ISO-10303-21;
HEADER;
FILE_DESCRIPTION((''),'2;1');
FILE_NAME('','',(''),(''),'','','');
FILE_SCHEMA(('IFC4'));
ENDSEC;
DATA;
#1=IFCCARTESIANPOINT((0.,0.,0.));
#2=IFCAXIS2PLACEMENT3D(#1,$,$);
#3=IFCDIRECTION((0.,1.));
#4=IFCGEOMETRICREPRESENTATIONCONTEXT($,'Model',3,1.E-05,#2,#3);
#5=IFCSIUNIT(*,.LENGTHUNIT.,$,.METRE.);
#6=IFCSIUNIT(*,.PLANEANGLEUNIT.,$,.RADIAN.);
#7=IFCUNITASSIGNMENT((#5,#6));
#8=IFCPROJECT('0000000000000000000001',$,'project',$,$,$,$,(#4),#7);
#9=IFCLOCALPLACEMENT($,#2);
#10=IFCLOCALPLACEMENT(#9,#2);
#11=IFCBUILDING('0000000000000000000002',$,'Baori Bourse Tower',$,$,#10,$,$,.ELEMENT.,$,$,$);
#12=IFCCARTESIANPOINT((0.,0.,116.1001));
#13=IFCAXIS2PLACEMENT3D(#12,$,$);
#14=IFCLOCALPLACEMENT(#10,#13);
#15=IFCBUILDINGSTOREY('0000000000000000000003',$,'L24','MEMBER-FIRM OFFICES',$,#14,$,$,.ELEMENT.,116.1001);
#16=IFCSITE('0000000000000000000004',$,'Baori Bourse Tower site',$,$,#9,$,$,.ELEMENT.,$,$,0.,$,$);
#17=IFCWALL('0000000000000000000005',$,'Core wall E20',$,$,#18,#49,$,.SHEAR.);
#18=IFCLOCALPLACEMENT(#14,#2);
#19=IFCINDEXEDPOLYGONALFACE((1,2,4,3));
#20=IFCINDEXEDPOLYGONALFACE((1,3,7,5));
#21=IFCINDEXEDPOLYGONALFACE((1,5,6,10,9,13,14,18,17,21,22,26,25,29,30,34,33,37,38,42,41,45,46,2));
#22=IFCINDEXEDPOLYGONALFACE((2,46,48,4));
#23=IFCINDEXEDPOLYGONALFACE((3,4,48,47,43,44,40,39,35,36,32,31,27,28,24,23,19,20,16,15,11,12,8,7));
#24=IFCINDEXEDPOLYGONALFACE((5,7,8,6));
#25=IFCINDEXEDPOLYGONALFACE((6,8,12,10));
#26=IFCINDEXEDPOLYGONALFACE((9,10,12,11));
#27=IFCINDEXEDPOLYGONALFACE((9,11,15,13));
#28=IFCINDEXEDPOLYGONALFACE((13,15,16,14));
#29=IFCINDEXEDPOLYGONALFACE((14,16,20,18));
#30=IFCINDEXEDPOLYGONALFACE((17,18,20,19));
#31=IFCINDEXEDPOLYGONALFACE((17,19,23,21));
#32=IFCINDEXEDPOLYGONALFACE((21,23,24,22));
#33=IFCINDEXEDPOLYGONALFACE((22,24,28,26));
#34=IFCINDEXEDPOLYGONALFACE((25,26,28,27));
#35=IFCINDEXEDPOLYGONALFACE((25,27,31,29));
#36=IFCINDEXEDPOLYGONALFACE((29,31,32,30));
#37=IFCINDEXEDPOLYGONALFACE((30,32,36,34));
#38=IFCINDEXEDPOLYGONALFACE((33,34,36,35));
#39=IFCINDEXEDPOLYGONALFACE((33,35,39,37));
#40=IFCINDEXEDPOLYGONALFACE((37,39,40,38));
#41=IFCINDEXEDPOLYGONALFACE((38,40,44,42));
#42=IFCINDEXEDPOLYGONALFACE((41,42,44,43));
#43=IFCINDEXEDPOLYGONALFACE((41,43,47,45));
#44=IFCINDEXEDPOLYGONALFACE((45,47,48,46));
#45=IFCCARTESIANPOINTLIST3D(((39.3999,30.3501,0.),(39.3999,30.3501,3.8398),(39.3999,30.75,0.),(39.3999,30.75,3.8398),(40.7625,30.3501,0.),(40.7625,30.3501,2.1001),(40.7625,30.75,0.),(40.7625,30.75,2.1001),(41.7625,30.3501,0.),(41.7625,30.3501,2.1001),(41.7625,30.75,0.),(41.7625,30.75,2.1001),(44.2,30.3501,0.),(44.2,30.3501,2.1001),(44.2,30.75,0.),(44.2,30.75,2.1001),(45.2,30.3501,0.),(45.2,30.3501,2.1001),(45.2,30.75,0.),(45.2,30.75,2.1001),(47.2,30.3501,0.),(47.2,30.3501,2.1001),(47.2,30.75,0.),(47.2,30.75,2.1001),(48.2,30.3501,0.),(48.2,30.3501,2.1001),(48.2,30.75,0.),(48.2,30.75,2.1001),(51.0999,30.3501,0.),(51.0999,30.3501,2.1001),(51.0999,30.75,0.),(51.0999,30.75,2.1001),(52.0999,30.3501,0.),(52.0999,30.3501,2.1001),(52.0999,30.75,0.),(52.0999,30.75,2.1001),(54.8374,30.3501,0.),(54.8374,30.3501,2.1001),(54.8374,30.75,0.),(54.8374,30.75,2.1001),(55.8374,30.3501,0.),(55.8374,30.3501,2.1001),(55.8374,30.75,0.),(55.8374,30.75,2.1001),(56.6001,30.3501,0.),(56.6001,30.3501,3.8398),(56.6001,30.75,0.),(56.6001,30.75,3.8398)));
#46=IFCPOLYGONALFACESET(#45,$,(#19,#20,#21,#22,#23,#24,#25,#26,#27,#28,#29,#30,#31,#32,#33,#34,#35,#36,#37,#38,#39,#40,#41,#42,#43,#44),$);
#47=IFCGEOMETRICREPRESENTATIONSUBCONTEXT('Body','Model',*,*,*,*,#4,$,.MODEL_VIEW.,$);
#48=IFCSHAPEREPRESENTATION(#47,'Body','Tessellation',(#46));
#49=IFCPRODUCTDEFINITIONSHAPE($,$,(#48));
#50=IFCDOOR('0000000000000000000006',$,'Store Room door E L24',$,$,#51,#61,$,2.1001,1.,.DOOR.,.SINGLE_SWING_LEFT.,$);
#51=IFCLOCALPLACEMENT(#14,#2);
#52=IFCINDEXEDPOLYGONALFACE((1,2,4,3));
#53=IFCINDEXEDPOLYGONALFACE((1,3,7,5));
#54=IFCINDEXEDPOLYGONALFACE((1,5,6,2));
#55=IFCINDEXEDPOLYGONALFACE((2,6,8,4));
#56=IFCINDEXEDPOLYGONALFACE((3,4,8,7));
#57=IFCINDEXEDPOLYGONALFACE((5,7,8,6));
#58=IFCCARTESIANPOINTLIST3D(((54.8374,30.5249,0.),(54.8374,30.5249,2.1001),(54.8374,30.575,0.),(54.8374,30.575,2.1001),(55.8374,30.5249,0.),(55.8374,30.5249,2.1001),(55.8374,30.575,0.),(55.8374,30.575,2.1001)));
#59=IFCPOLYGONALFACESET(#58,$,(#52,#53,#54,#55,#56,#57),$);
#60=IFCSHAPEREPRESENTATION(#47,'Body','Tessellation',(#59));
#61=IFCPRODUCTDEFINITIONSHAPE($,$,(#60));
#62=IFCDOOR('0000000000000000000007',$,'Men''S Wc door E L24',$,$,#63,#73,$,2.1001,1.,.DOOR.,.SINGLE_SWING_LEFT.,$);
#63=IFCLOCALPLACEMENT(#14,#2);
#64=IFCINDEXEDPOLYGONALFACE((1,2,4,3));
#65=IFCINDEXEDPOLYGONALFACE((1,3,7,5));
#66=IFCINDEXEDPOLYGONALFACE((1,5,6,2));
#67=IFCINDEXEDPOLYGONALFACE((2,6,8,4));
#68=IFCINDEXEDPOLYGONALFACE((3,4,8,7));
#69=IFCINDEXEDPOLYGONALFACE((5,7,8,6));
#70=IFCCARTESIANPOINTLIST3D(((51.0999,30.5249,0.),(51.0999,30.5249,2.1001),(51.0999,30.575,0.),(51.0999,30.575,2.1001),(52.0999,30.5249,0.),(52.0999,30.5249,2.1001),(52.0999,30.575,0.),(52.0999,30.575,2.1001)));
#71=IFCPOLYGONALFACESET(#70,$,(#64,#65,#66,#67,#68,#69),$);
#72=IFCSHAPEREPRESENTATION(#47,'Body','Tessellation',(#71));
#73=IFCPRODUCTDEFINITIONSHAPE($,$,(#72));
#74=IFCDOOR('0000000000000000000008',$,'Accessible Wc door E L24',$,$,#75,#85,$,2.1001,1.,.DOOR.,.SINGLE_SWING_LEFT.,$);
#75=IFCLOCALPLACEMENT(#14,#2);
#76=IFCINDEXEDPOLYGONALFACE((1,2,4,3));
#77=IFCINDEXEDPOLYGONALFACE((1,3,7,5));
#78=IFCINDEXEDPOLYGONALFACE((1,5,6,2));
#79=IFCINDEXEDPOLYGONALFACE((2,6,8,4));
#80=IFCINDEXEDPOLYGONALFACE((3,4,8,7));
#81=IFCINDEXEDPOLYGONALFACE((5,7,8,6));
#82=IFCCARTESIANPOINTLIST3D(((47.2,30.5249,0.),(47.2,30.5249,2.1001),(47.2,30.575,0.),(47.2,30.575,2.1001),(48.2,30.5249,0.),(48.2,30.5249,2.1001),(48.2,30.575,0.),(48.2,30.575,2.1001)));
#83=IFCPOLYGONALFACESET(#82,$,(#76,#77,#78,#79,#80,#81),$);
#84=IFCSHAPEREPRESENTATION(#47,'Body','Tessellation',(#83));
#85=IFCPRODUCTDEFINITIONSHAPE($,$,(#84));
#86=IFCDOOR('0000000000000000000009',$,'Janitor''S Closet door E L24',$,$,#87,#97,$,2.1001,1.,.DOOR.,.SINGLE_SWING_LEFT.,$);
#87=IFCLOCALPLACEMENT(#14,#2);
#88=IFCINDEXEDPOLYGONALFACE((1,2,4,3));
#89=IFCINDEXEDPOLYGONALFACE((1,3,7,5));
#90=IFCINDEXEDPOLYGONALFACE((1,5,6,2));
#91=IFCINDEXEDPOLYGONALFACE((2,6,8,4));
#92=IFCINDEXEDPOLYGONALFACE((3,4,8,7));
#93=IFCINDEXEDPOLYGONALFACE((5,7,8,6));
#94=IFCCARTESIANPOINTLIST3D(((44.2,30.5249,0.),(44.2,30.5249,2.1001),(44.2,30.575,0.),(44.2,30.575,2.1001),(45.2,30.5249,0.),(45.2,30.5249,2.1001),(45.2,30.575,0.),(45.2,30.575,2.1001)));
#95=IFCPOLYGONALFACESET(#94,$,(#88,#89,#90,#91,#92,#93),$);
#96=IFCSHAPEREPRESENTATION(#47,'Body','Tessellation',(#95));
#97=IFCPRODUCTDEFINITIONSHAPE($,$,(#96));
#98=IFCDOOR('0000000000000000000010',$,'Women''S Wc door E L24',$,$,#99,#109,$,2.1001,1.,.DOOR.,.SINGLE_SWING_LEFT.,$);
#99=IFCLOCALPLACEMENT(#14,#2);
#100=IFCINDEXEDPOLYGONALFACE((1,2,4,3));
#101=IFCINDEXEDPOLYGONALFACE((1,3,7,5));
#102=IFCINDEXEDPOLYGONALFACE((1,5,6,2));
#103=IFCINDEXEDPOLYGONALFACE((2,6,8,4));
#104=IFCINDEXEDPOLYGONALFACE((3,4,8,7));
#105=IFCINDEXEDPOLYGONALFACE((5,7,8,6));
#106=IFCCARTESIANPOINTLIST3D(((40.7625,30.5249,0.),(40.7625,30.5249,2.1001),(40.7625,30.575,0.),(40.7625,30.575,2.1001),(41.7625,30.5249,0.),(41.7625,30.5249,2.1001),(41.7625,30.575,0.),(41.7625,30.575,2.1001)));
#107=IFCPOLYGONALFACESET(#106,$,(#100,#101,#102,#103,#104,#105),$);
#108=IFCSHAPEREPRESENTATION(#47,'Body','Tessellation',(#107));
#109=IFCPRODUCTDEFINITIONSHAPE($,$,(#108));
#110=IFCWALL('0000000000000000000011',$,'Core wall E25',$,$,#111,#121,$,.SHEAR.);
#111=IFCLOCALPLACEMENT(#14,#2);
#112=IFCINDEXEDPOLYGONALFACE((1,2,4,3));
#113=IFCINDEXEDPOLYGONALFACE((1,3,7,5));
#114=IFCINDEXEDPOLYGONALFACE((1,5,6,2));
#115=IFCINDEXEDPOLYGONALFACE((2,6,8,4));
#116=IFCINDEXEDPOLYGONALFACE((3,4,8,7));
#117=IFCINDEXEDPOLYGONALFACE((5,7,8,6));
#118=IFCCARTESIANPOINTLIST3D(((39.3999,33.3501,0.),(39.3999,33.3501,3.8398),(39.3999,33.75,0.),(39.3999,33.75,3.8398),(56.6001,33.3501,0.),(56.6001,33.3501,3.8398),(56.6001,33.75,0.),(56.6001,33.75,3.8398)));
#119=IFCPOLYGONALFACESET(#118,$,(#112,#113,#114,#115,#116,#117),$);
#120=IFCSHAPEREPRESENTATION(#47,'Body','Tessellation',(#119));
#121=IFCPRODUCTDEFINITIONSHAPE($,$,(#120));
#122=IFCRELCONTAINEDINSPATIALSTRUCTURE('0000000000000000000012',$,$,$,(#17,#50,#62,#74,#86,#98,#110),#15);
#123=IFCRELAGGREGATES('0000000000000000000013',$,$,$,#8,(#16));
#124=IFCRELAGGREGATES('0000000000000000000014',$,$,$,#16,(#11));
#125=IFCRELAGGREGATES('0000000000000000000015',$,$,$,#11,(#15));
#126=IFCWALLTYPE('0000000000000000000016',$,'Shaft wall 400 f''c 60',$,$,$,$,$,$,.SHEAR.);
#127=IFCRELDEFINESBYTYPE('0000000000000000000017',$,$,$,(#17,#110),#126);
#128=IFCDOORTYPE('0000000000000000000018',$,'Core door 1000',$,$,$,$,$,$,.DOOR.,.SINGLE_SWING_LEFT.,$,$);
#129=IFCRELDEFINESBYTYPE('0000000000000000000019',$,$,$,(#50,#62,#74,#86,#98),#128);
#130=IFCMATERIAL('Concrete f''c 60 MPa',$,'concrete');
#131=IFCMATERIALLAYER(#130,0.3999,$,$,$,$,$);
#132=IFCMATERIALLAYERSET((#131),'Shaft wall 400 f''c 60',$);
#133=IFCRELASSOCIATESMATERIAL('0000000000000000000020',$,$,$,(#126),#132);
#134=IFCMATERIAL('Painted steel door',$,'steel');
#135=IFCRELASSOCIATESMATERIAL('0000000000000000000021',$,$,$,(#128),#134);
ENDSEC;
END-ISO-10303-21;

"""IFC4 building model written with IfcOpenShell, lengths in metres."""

from ifc_helpers import new_model, si_unit, direction, frame, frame_2d, origin, place, context, subcontext, project, spatial, rectangle, extrude, material, layer, layer_set, type_object, element, fill, save


model = new_model("IFC4")

# Units and contexts
model_context = context("Model", 3, precision=1e-05, world=origin(), true_north=direction((0.0, 1.0)))
body_context = subcontext(model_context, "Body", "Model", "MODEL_VIEW")
ifc_project = project(units=[si_unit("LENGTHUNIT", "METRE"), si_unit("PLANEANGLEUNIT", "RADIAN")], contexts=[model_context])

# Site, building, storey
site_placement = place(None, origin())
site = spatial("IfcSite", under=ifc_project, at=site_placement, Name="Baori Bourse Tower site", CompositionType="ELEMENT", RefElevation=0.0)
building_placement = place(site_placement, origin())
building = spatial("IfcBuilding", under=site, at=building_placement, Name="Baori Bourse Tower", CompositionType="ELEMENT")
storey_placement = place(building_placement, frame((0.0, 0.0, 116.1001)))
storey = spatial("IfcBuildingStorey", under=building, at=storey_placement, Name="L24", Description="MEMBER-FIRM OFFICES", CompositionType="ELEMENT", Elevation=116.1001)

# Wall, openings, doors
ifc_material_1 = material(Name="Concrete f'c 60 MPa", Category="concrete")
ifc_layer_1 = layer(ifc_material_1, 0.3999)
ifc_layer_set_1 = layer_set([ifc_layer_1], Name="Shaft wall 400 f'c 60")
wall_type_1 = type_object("IfcWallType", Name="Shaft wall 400 f'c 60", PredefinedType="SHEAR", material=ifc_layer_set_1)
wall_1_placement = place(storey_placement, frame((39.3999, 30.55, 0.0), z_axis=(0.0, 0.0, 1.0), x_axis=(1.0, 0.0, 0.0)))
wall_1 = element("IfcWall", 1, at=wall_1_placement, inside=storey, type_object=wall_type_1, Name="Core wall E20", PredefinedType="SHEAR", context=body_context, shape_type="SweptSolid", body=[
    extrude(rectangle(XDim=17.2002, YDim=0.3999, at=frame_2d((8.6001, 0.0))), origin(), (0.0, 0.0, 1.0), 3.8398),
])
opening_1_placement = place(wall_1_placement, frame((15.4375, 0.0, 0.0)))
opening_1 = element("IfcOpeningElement", 2, at=opening_1_placement, cuts=wall_1, PredefinedType="OPENING", context=body_context, shape_type="SweptSolid", body=[
    extrude(rectangle(XDim=1.0, YDim=2.1001, at=frame_2d((0.5, 1.05))), frame((0.0, 0.21, 0.0), z_axis=(0.0, -1.0, 0.0), x_axis=(1.0, 0.0, 0.0)), (0.0, 0.0, 1.0), 0.4199),
])
opening_2_placement = place(wall_1_placement, frame((11.7, 0.0, 0.0)))
opening_2 = element("IfcOpeningElement", 3, at=opening_2_placement, cuts=wall_1, PredefinedType="OPENING", context=body_context, shape_type="SweptSolid", body=[
    extrude(rectangle(XDim=1.0, YDim=2.1001, at=frame_2d((0.5, 1.05))), frame((0.0, 0.21, 0.0), z_axis=(0.0, -1.0, 0.0), x_axis=(1.0, 0.0, 0.0)), (0.0, 0.0, 1.0), 0.4199),
])
opening_3_placement = place(wall_1_placement, frame((7.8, 0.0, 0.0)))
opening_3 = element("IfcOpeningElement", 4, at=opening_3_placement, cuts=wall_1, PredefinedType="OPENING", context=body_context, shape_type="SweptSolid", body=[
    extrude(rectangle(XDim=1.0, YDim=2.1001, at=frame_2d((0.5, 1.05))), frame((0.0, 0.21, 0.0), z_axis=(0.0, -1.0, 0.0), x_axis=(1.0, 0.0, 0.0)), (0.0, 0.0, 1.0), 0.4199),
])
opening_4_placement = place(wall_1_placement, frame((4.8, 0.0, 0.0)))
opening_4 = element("IfcOpeningElement", 5, at=opening_4_placement, cuts=wall_1, PredefinedType="OPENING", context=body_context, shape_type="SweptSolid", body=[
    extrude(rectangle(XDim=1.0, YDim=2.1001, at=frame_2d((0.5, 1.05))), frame((0.0, 0.21, 0.0), z_axis=(0.0, -1.0, 0.0), x_axis=(1.0, 0.0, 0.0)), (0.0, 0.0, 1.0), 0.4199),
])
opening_5_placement = place(wall_1_placement, frame((1.3625, 0.0, 0.0)))
opening_5 = element("IfcOpeningElement", 6, at=opening_5_placement, cuts=wall_1, PredefinedType="OPENING", context=body_context, shape_type="SweptSolid", body=[
    extrude(rectangle(XDim=1.0, YDim=2.1001, at=frame_2d((0.5, 1.05))), frame((0.0, 0.21, 0.0), z_axis=(0.0, -1.0, 0.0), x_axis=(1.0, 0.0, 0.0)), (0.0, 0.0, 1.0), 0.4199),
])
ifc_material_2 = material(Name="Painted steel door", Category="steel")
door_type_1 = type_object("IfcDoorType", Name="Core door 1000", OperationType="SINGLE_SWING_LEFT", PredefinedType="DOOR", material=ifc_material_2)
door_1_placement = place(opening_1_placement, origin())
door_1 = element("IfcDoor", 7, at=door_1_placement, inside=storey, type_object=door_type_1, Name="Store Room door E L24", OperationType="SINGLE_SWING_LEFT", OverallHeight=2.1001, OverallWidth=1.0, PredefinedType="DOOR", context=body_context, shape_type="SweptSolid", body=[
    extrude(rectangle(XDim=1.0, YDim=2.1001, at=frame_2d((0.5, 1.05))), frame((0.0, 0.0249, 0.0), z_axis=(0.0, -1.0, 0.0), x_axis=(1.0, 0.0, 0.0)), (0.0, 0.0, 1.0), 0.05),
])
fill(opening_1, door_1)
door_2_placement = place(opening_2_placement, origin())
door_2 = element("IfcDoor", 8, at=door_2_placement, inside=storey, type_object=door_type_1, Name="Men'S Wc door E L24", OperationType="SINGLE_SWING_LEFT", OverallHeight=2.1001, OverallWidth=1.0, PredefinedType="DOOR", context=body_context, shape_type="SweptSolid", body=[
    extrude(rectangle(XDim=1.0, YDim=2.1001, at=frame_2d((0.5, 1.05))), frame((0.0, 0.0249, 0.0), z_axis=(0.0, -1.0, 0.0), x_axis=(1.0, 0.0, 0.0)), (0.0, 0.0, 1.0), 0.05),
])
fill(opening_2, door_2)
door_3_placement = place(opening_3_placement, origin())
door_3 = element("IfcDoor", 9, at=door_3_placement, inside=storey, type_object=door_type_1, Name="Accessible Wc door E L24", OperationType="SINGLE_SWING_LEFT", OverallHeight=2.1001, OverallWidth=1.0, PredefinedType="DOOR", context=body_context, shape_type="SweptSolid", body=[
    extrude(rectangle(XDim=1.0, YDim=2.1001, at=frame_2d((0.5, 1.05))), frame((0.0, 0.0249, 0.0), z_axis=(0.0, -1.0, 0.0), x_axis=(1.0, 0.0, 0.0)), (0.0, 0.0, 1.0), 0.05),
])
fill(opening_3, door_3)
door_4_placement = place(opening_4_placement, origin())
door_4 = element("IfcDoor", 10, at=door_4_placement, inside=storey, type_object=door_type_1, Name="Janitor'S Closet door E L24", OperationType="SINGLE_SWING_LEFT", OverallHeight=2.1001, OverallWidth=1.0, PredefinedType="DOOR", context=body_context, shape_type="SweptSolid", body=[
    extrude(rectangle(XDim=1.0, YDim=2.1001, at=frame_2d((0.5, 1.05))), frame((0.0, 0.0249, 0.0), z_axis=(0.0, -1.0, 0.0), x_axis=(1.0, 0.0, 0.0)), (0.0, 0.0, 1.0), 0.05),
])
fill(opening_4, door_4)
door_5_placement = place(opening_5_placement, origin())
door_5 = element("IfcDoor", 11, at=door_5_placement, inside=storey, type_object=door_type_1, Name="Women'S Wc door E L24", OperationType="SINGLE_SWING_LEFT", OverallHeight=2.1001, OverallWidth=1.0, PredefinedType="DOOR", context=body_context, shape_type="SweptSolid", body=[
    extrude(rectangle(XDim=1.0, YDim=2.1001, at=frame_2d((0.5, 1.05))), frame((0.0, 0.0249, 0.0), z_axis=(0.0, -1.0, 0.0), x_axis=(1.0, 0.0, 0.0)), (0.0, 0.0, 1.0), 0.05),
])
fill(opening_5, door_5)

# Wall
wall_2_placement = place(storey_placement, frame((39.3999, 33.55, 0.0), z_axis=(0.0, 0.0, 1.0), x_axis=(1.0, 0.0, 0.0)))
element("IfcWall", 12, at=wall_2_placement, inside=storey, type_object=wall_type_1, Name="Core wall E25", PredefinedType="SHEAR", context=body_context, shape_type="SweptSolid", body=[
    extrude(rectangle(XDim=17.2002, YDim=0.3999, at=frame_2d((8.6001, 0.0))), origin(), (0.0, 0.0, 1.0), 3.8398),
])

save(model, "model.ifc")
